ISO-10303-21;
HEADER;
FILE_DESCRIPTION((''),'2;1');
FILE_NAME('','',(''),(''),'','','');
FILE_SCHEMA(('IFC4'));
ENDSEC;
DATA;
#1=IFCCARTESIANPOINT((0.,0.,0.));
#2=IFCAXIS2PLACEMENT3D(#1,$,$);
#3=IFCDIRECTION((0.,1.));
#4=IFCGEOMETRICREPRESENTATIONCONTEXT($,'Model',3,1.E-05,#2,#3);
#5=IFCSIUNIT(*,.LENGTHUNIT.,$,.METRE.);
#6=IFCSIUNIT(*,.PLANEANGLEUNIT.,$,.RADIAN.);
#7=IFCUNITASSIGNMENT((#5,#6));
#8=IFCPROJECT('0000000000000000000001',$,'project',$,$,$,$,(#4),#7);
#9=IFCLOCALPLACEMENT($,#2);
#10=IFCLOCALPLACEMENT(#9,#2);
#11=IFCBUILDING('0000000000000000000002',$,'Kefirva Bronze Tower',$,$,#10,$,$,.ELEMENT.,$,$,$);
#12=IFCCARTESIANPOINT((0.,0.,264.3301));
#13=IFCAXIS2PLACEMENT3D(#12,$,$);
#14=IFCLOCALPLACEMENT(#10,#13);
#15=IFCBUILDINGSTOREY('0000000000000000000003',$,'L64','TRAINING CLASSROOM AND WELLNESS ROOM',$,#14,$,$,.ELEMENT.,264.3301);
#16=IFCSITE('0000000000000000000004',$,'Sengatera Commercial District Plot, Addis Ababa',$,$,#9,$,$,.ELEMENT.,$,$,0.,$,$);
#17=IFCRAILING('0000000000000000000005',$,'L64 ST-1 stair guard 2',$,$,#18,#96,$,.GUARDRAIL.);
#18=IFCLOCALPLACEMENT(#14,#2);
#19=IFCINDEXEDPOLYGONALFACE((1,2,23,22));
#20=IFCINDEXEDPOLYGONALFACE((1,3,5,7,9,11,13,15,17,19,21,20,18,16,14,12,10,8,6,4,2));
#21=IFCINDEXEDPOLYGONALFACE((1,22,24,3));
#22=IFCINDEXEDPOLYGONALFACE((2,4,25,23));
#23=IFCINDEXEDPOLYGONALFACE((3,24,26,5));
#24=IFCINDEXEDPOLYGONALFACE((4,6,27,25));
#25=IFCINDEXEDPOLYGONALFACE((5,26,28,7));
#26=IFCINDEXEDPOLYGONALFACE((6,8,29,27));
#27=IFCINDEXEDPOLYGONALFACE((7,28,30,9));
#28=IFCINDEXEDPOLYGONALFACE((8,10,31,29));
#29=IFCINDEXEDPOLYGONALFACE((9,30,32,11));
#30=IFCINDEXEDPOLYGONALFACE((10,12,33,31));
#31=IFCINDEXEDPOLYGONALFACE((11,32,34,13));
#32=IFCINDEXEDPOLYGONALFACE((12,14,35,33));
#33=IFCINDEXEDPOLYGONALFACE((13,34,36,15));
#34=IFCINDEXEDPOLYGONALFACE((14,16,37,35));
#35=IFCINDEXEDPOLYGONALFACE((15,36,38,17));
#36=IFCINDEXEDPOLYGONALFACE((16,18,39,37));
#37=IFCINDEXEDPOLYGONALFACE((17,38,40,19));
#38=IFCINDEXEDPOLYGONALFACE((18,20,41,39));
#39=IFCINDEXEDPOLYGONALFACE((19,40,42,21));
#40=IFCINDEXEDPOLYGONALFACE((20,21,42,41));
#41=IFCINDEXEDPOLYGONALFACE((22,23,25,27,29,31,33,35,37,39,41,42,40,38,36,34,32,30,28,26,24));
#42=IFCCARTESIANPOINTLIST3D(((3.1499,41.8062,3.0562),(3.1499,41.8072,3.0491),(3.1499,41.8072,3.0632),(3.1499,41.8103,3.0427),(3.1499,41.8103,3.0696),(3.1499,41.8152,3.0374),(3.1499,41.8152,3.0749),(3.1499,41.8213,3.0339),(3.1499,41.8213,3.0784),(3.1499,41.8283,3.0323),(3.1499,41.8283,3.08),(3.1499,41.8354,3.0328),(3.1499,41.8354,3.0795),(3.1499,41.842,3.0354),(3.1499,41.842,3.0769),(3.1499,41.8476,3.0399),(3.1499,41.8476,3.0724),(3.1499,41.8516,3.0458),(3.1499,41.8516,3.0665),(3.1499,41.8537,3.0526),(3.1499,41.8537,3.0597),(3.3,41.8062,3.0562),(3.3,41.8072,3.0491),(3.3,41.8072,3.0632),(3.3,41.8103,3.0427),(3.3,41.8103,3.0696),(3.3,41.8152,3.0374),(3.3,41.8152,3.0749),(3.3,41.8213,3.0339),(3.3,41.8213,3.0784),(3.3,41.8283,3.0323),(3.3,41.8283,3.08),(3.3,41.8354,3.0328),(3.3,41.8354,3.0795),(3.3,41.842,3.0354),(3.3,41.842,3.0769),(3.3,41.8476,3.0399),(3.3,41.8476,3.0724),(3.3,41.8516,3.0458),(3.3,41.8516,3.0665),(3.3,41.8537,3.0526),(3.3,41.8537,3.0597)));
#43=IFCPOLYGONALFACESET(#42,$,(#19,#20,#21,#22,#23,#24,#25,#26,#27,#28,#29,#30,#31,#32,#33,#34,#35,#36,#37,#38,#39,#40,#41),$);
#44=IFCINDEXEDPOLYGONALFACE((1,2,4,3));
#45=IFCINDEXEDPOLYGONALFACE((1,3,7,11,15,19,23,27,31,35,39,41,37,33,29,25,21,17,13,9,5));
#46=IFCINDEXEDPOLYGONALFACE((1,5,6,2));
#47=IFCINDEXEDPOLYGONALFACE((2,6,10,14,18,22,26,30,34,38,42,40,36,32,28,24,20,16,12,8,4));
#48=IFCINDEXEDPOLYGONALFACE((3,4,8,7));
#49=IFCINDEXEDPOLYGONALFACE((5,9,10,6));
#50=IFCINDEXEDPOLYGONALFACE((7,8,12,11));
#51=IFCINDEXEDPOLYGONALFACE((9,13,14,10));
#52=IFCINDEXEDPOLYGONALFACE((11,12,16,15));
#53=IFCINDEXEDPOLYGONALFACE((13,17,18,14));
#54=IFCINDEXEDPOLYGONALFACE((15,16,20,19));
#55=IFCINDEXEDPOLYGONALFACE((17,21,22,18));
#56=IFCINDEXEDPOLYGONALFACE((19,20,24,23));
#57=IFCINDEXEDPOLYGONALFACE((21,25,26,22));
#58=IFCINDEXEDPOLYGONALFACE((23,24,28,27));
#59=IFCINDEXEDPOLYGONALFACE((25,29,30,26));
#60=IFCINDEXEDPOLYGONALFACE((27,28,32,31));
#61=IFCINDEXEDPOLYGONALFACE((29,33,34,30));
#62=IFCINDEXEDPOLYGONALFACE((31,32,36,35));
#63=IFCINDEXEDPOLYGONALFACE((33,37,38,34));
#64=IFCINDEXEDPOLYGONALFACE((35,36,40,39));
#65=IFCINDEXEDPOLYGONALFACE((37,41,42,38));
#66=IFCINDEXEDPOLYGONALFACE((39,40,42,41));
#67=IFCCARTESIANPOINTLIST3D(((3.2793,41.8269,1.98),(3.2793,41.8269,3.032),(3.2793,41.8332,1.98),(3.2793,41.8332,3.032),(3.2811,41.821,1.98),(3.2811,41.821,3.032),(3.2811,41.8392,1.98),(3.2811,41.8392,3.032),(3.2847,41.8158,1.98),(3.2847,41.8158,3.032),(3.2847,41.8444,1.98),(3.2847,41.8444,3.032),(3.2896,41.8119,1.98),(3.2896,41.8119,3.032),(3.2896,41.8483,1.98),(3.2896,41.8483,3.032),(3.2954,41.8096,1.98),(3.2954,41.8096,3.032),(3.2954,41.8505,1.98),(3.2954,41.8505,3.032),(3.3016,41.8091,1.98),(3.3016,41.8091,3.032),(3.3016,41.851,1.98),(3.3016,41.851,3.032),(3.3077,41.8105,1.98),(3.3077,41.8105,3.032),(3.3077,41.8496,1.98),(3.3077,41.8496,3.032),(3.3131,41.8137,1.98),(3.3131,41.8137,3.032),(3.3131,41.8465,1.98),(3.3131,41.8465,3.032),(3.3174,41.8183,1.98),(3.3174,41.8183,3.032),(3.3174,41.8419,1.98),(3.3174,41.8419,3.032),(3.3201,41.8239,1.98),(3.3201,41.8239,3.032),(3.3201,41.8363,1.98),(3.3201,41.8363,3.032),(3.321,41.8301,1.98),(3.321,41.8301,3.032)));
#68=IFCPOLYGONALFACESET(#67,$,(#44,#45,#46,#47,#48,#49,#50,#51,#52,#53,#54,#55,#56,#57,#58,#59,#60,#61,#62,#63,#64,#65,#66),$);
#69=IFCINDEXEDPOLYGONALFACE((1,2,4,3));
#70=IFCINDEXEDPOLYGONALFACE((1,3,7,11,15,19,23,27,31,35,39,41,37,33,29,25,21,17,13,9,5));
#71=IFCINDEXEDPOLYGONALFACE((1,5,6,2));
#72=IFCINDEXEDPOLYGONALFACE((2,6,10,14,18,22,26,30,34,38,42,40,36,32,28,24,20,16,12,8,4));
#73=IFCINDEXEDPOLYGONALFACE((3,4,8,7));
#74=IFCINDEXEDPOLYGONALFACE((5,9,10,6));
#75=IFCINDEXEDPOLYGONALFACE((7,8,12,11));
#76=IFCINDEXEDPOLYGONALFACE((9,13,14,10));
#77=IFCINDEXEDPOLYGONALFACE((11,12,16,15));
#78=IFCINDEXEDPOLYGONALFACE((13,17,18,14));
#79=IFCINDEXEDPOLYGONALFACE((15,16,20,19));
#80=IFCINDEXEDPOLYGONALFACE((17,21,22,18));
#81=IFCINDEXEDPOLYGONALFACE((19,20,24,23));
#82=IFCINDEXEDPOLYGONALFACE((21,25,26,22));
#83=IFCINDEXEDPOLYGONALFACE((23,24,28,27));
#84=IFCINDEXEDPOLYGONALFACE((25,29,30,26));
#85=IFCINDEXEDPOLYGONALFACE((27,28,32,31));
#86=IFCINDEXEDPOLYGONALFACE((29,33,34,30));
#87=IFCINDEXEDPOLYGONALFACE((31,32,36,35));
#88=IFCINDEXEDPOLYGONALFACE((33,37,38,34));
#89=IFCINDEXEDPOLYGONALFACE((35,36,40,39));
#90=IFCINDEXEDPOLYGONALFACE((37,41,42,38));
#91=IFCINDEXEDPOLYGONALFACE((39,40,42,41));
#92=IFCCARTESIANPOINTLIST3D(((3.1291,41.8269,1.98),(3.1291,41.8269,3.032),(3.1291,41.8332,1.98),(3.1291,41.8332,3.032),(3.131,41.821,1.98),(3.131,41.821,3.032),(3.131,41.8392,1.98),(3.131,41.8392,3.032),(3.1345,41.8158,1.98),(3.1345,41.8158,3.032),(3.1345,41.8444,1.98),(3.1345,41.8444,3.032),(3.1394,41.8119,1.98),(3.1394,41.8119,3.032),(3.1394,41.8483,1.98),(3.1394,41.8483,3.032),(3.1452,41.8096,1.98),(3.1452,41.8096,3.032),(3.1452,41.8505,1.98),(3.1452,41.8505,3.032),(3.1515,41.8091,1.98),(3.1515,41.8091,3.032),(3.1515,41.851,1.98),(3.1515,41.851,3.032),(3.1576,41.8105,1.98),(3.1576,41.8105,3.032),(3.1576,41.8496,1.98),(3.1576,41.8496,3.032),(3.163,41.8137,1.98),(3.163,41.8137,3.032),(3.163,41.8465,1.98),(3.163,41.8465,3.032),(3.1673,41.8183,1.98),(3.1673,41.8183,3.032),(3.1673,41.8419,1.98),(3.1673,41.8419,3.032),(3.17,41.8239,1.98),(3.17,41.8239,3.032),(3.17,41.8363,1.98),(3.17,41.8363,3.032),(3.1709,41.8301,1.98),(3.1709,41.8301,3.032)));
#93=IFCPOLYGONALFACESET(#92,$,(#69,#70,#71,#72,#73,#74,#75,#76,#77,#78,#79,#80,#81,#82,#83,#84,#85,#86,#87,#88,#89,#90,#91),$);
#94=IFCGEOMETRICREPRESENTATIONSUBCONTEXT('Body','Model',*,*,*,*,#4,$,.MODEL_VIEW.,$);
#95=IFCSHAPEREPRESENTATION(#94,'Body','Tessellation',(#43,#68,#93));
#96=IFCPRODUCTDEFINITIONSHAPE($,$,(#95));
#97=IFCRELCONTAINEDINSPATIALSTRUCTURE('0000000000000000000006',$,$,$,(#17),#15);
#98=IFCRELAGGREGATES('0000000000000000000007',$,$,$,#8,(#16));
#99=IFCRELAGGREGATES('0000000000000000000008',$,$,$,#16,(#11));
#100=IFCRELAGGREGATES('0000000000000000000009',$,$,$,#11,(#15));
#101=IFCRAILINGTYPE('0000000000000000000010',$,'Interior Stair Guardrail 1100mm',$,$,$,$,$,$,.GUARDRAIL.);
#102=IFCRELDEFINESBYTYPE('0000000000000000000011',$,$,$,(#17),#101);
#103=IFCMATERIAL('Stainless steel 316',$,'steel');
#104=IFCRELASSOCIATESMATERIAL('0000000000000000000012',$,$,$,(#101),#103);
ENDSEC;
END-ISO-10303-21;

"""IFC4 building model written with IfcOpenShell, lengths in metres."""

from ifc_helpers import new_model, si_unit, direction, frame, origin, origin_2d, place, context, subcontext, project, spatial, circle, extrude, material, type_object, element, save


model = new_model("IFC4")

# Units and contexts
model_context = context("Model", 3, precision=1e-05, world=origin(), true_north=direction((0.0, 1.0)))
body_context = subcontext(model_context, "Body", "Model", "MODEL_VIEW")
ifc_project = project(units=[si_unit("LENGTHUNIT", "METRE"), si_unit("PLANEANGLEUNIT", "RADIAN")], contexts=[model_context])

# Site, building, storey
site_placement = place(None, origin())
site = spatial("IfcSite", under=ifc_project, at=site_placement, Name="Sengatera Commercial District Plot, Addis Ababa", CompositionType="ELEMENT", RefElevation=0.0)
building_placement = place(site_placement, origin())
building = spatial("IfcBuilding", under=site, at=building_placement, Name="Kefirva Bronze Tower", CompositionType="ELEMENT")
storey_placement = place(building_placement, frame((0.0, 0.0, 264.3301)))
storey = spatial("IfcBuildingStorey", under=building, at=storey_placement, Name="L64", Description="TRAINING CLASSROOM AND WELLNESS ROOM", CompositionType="ELEMENT", Elevation=264.3301)

# Railing
ifc_material_1 = material(Name="Stainless steel 316", Category="steel")
railing_type_1 = type_object("IfcRailingType", Name="Interior Stair Guardrail 1100mm", PredefinedType="GUARDRAIL", material=ifc_material_1)
railing_1_placement = place(storey_placement, frame((3.3, 41.8301, 1.98)))
element("IfcRailing", 1, at=railing_1_placement, inside=storey, type_object=railing_type_1, Name="L64 ST-1 stair guard 2", PredefinedType="GUARDRAIL", context=body_context, shape_type="SweptSolid", body=[
    extrude(circle(Radius=0.0239, at=origin_2d()), frame((0.0, 0.0, 1.0762), z_axis=(-1.0, 0.0, 0.0), x_axis=(0.0, -1.0, 0.0)), (0.0, 0.0, 1.0), 0.1501),
    extrude(circle(Radius=0.021, at=origin_2d()), origin(), (0.0, 0.0, 1.0), 1.052),
    extrude(circle(Radius=0.021, at=origin_2d()), frame((-0.1501, 0.0, 0.0)), (0.0, 0.0, 1.0), 1.052),
])

save(model, "model.ifc")
